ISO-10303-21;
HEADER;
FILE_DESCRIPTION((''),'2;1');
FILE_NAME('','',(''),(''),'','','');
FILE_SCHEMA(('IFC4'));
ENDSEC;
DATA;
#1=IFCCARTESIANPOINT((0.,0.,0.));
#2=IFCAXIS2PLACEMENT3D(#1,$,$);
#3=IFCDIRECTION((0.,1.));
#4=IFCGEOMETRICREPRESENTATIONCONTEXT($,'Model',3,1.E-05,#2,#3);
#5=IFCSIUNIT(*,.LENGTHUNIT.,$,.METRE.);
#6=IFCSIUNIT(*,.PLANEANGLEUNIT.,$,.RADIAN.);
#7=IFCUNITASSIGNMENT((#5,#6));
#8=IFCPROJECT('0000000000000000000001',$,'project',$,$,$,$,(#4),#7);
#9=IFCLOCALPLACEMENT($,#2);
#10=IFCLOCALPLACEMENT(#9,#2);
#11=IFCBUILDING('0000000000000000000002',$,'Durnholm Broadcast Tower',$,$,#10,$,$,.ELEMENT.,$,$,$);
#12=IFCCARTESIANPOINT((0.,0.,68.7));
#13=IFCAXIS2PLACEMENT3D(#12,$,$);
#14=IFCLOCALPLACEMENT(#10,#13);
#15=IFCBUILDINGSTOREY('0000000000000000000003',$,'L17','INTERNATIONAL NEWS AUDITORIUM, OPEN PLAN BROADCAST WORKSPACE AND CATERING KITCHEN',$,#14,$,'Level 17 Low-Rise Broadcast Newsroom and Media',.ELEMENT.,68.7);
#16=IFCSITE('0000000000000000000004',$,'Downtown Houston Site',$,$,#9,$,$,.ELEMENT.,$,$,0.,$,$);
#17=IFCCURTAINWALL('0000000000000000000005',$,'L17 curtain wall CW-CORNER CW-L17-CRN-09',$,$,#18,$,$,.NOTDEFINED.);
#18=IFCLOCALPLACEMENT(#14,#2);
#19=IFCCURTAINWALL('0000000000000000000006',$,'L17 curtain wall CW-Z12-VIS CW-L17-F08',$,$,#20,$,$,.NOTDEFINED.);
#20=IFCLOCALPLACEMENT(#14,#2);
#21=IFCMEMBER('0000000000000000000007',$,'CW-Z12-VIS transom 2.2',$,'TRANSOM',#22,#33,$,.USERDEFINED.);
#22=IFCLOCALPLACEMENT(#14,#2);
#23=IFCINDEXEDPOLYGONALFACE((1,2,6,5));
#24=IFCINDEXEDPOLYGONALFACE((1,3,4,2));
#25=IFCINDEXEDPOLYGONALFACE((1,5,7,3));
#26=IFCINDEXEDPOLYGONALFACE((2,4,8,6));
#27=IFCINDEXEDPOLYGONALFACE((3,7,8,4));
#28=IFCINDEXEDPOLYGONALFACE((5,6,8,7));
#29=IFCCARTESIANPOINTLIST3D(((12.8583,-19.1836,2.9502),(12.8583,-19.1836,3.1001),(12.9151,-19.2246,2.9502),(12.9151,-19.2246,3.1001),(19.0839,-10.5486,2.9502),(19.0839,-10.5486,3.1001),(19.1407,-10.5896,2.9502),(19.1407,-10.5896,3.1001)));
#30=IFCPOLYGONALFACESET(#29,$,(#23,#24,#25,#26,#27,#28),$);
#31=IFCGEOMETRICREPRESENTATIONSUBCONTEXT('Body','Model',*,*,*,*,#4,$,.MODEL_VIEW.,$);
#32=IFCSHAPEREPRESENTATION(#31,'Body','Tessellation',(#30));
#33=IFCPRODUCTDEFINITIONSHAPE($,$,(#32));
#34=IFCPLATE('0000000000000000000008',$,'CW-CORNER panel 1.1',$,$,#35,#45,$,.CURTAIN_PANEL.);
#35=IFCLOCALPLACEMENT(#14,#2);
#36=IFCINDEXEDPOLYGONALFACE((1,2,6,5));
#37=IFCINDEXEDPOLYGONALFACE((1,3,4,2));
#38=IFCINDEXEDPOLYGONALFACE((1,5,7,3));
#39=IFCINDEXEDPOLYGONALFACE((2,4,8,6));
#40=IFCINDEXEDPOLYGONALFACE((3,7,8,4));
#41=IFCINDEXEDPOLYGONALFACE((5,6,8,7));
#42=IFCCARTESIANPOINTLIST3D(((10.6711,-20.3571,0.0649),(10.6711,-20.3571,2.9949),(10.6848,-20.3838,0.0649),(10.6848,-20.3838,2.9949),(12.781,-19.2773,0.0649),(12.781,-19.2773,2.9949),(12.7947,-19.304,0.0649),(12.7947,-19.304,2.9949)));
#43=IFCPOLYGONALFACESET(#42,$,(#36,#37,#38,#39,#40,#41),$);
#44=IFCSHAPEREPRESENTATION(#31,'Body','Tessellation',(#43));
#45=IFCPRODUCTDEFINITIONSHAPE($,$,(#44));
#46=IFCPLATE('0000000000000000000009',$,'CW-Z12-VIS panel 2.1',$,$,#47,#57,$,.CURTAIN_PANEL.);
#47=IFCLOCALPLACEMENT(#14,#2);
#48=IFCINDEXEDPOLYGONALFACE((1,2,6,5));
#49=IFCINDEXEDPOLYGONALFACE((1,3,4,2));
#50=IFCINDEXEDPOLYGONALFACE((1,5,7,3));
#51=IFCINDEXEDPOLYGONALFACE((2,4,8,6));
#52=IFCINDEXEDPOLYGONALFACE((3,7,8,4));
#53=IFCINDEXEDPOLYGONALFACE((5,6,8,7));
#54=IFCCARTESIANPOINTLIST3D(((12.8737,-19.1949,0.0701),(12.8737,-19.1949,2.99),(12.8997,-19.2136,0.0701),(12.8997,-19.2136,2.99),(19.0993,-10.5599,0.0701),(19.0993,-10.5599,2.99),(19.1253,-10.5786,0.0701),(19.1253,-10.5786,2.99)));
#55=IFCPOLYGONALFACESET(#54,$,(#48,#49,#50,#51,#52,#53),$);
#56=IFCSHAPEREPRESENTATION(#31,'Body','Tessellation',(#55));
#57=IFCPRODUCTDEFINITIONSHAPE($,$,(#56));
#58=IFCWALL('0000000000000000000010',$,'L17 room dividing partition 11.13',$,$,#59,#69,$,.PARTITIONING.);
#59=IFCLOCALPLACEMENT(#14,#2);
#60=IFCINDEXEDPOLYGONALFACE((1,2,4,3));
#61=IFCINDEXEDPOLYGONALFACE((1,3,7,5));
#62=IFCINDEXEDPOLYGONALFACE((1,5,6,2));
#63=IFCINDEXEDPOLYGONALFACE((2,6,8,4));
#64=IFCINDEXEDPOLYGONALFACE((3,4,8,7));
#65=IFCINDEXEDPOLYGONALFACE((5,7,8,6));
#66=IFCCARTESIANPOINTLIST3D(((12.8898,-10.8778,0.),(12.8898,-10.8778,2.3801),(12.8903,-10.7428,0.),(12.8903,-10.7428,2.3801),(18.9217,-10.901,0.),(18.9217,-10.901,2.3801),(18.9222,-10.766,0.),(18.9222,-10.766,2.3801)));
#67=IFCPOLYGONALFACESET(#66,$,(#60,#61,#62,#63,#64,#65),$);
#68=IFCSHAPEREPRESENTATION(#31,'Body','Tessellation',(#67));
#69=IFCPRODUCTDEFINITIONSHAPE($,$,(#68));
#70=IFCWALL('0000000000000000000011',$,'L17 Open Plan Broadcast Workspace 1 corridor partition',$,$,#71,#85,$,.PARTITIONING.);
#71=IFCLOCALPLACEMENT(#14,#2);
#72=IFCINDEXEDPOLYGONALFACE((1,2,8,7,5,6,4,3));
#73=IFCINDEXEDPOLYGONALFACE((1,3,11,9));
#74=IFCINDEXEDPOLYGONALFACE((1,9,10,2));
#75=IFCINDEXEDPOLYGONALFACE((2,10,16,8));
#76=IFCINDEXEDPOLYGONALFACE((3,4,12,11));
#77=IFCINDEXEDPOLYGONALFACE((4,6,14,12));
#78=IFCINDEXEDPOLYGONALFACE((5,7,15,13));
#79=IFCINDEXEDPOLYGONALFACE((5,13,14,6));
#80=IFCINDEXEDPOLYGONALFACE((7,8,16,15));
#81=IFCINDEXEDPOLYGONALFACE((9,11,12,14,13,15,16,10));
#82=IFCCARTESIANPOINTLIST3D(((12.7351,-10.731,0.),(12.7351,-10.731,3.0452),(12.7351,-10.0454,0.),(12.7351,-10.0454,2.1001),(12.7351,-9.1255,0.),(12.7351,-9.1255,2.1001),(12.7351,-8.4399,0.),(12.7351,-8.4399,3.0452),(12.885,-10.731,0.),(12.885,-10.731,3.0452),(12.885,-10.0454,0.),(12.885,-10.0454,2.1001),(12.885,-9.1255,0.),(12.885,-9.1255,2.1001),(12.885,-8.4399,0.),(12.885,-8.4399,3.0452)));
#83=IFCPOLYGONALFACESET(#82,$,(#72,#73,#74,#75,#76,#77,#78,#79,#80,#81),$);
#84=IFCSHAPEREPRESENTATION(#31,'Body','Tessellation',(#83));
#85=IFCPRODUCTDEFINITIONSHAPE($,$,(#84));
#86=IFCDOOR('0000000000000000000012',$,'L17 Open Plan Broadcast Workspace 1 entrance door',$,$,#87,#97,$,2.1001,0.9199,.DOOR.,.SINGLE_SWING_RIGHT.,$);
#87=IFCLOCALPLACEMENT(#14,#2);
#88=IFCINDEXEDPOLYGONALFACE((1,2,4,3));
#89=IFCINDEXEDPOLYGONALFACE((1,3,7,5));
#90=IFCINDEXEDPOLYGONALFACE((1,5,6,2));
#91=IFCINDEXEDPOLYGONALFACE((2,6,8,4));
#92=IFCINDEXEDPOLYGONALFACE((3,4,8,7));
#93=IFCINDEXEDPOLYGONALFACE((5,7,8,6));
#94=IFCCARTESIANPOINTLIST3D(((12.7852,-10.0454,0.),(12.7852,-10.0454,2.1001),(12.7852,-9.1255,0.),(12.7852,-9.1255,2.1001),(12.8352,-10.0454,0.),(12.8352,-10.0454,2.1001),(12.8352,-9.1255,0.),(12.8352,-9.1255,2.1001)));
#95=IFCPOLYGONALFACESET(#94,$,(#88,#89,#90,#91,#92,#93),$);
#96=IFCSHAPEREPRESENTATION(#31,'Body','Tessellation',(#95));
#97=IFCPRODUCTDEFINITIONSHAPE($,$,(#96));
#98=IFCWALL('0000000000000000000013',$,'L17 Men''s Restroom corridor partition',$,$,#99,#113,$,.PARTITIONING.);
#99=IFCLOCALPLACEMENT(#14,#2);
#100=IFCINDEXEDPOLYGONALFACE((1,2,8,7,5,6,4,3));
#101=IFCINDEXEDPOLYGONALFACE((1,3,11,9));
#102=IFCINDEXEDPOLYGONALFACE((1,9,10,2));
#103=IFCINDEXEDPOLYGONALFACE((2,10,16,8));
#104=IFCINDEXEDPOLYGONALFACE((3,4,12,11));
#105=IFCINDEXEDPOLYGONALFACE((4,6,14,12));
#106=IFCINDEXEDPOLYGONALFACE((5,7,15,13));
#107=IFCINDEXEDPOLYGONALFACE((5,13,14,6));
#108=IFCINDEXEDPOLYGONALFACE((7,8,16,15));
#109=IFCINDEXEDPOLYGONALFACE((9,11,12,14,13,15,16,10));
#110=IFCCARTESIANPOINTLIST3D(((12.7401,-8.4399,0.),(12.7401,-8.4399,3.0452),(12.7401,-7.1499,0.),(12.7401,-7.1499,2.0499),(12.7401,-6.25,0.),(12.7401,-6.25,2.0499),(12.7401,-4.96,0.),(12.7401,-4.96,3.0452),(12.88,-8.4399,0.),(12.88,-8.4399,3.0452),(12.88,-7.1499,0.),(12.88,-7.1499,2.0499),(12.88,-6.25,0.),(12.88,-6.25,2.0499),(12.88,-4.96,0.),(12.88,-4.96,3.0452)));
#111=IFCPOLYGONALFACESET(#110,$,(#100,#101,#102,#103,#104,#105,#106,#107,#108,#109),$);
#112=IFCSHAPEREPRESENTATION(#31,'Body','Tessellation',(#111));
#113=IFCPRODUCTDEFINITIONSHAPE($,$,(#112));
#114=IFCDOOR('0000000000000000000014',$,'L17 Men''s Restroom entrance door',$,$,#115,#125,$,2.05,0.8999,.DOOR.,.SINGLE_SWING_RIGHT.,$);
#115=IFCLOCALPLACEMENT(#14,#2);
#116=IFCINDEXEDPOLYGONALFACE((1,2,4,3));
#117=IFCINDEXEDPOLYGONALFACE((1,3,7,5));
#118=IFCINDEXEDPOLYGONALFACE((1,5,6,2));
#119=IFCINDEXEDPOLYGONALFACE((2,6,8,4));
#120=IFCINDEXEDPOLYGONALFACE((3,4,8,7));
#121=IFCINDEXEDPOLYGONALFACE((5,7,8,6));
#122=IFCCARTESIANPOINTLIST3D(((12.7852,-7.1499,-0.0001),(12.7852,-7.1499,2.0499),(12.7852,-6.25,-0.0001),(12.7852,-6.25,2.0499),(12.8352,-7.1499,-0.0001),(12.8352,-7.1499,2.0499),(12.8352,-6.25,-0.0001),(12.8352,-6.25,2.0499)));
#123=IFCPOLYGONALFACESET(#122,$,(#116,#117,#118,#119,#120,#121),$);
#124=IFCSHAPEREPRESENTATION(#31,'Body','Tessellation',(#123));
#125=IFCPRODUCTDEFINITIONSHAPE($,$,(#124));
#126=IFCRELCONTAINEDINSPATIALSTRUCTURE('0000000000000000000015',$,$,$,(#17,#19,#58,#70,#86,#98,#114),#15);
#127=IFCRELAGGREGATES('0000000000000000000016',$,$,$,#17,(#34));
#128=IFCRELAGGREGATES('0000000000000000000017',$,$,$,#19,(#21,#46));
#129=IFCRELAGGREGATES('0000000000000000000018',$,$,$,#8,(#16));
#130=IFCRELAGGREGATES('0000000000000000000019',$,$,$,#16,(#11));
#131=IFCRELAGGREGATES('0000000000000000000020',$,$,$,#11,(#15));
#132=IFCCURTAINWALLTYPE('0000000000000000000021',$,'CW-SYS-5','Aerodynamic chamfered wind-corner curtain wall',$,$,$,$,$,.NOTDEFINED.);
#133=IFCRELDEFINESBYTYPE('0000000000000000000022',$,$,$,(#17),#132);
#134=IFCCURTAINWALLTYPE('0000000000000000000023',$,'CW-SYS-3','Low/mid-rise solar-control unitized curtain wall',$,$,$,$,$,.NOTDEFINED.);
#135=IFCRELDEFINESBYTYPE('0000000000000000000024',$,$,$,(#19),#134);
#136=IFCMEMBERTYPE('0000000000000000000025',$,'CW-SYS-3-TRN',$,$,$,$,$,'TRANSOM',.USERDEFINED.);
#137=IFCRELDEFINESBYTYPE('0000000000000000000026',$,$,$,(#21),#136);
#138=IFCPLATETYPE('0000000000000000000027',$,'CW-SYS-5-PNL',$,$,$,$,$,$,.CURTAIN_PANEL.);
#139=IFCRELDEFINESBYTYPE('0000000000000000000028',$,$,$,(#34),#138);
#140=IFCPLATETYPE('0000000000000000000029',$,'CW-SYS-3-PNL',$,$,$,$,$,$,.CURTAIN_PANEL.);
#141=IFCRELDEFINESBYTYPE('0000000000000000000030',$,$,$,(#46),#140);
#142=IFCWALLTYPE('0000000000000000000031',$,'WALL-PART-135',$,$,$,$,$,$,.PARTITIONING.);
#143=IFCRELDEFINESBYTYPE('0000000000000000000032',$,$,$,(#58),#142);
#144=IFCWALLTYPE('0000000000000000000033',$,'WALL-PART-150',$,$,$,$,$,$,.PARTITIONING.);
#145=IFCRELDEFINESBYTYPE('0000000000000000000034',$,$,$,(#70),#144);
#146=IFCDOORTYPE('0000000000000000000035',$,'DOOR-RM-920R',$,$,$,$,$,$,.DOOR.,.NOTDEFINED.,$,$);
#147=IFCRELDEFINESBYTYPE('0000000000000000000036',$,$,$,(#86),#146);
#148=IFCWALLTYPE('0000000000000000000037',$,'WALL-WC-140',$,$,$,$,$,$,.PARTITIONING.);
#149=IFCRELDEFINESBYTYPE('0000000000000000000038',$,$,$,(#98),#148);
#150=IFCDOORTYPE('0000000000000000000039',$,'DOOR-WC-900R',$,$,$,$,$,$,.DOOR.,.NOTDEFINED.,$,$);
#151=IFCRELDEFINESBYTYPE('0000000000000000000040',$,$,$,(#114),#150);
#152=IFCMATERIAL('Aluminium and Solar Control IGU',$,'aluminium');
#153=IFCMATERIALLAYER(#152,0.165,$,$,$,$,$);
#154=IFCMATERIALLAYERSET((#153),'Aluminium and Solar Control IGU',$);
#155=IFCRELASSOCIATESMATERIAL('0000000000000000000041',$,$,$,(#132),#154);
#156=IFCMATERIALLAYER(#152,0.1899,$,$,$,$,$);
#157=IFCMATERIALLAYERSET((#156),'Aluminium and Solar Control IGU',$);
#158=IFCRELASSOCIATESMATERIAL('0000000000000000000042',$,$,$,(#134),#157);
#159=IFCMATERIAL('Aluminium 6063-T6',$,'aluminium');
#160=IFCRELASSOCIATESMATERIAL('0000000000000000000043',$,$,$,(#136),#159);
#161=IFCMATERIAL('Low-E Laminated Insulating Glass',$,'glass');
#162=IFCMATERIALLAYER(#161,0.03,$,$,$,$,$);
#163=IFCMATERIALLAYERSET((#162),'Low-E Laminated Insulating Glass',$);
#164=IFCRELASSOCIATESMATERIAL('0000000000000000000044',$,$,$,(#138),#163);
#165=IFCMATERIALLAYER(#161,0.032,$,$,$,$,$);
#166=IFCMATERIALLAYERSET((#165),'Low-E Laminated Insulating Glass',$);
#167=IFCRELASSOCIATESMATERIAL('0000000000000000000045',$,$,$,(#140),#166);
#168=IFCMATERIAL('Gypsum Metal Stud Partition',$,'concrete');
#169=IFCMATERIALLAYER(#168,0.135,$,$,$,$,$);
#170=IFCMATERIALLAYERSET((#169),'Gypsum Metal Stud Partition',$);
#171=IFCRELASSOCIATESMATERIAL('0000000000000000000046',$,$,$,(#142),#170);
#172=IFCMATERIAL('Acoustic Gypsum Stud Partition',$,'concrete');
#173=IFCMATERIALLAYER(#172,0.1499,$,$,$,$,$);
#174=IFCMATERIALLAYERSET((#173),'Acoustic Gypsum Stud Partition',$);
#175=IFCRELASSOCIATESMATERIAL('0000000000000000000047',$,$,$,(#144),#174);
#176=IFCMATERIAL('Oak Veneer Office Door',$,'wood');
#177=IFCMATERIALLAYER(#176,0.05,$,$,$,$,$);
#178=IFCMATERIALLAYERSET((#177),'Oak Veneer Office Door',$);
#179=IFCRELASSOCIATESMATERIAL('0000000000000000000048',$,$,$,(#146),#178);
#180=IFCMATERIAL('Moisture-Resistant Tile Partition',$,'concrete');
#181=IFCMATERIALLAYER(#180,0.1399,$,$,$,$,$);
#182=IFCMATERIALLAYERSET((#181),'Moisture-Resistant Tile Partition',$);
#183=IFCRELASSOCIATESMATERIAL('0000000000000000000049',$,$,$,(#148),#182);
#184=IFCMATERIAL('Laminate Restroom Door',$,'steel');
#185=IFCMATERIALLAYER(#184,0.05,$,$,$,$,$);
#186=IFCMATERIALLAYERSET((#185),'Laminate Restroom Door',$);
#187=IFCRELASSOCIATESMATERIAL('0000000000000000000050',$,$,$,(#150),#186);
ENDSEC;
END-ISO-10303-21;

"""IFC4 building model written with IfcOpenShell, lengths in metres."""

from ifc_helpers import new_model, si_unit, direction, frame, frame_2d, origin, origin_2d, place, context, subcontext, project, spatial, rectangle, extrude, source, transform, mapped, material, layer, layer_set, material_profile, profile_set, type_object, type_shapes, element, fill, aggregate, save


model = new_model("IFC4")

# Units and contexts
model_context = context("Model", 3, precision=1e-05, world=origin(), true_north=direction((0.0, 1.0)))
body_context = subcontext(model_context, "Body", "Model", "MODEL_VIEW")
ifc_project = project(units=[si_unit("LENGTHUNIT", "METRE"), si_unit("PLANEANGLEUNIT", "RADIAN")], contexts=[model_context])

# Site, building, storey
site_placement = place(None, origin())
site = spatial("IfcSite", under=ifc_project, at=site_placement, Name="Downtown Houston Site", CompositionType="ELEMENT", RefElevation=0.0)
building_placement = place(site_placement, origin())
building = spatial("IfcBuilding", under=site, at=building_placement, Name="Durnholm Broadcast Tower", CompositionType="ELEMENT")
storey_placement = place(building_placement, frame((0.0, 0.0, 68.7)))
storey = spatial("IfcBuildingStorey", under=building, at=storey_placement, Name="L17", Description="INTERNATIONAL NEWS AUDITORIUM, OPEN PLAN BROADCAST WORKSPACE AND CATERING KITCHEN", LongName="Level 17 Low-Rise Broadcast Newsroom and Media", CompositionType="ELEMENT", Elevation=68.7)

# Curtain walls, member
ifc_material_1 = material(Name="Aluminium and Solar Control IGU", Category="aluminium")
ifc_layer_1 = layer(ifc_material_1, 0.165)
ifc_layer_set_1 = layer_set([ifc_layer_1], Name="Aluminium and Solar Control IGU")
curtain_wall_type_1 = type_object("IfcCurtainWallType", Name="CW-SYS-5", Description="Aerodynamic chamfered wind-corner curtain wall", PredefinedType="NOTDEFINED", material=ifc_layer_set_1)
curtain_wall_1_placement = place(storey_placement, origin())
curtain_wall_1 = element("IfcCurtainWall", 1, at=curtain_wall_1_placement, inside=storey, type_object=curtain_wall_type_1, Name="L17 curtain wall CW-CORNER CW-L17-CRN-09", PredefinedType="NOTDEFINED")
ifc_material_2 = material(Name="Aluminium 6063-T6", Category="aluminium")
ifc_layer_2 = layer(ifc_material_1, 0.1899)
ifc_layer_set_2 = layer_set([ifc_layer_2], Name="Aluminium and Solar Control IGU")
curtain_wall_type_2 = type_object("IfcCurtainWallType", Name="CW-SYS-3", Description="Low/mid-rise solar-control unitized curtain wall", PredefinedType="NOTDEFINED", material=ifc_layer_set_2)
curtain_wall_2_placement = place(storey_placement, origin())
curtain_wall_2 = element("IfcCurtainWall", 2, at=curtain_wall_2_placement, inside=storey, type_object=curtain_wall_type_2, Name="L17 curtain wall CW-Z12-VIS CW-L17-F08", PredefinedType="NOTDEFINED")
ifc_material_profile_1 = material_profile(ifc_material_2, rectangle(XDim=0.0701, YDim=0.1499, at=origin_2d()), Name="CWT70X150")
ifc_profile_set_1 = profile_set([ifc_material_profile_1], Name="Aluminium 6063-T6")
member_type_1 = type_object("IfcMemberType", Name="CW-SYS-3-TRN", ElementType="TRANSOM", PredefinedType="USERDEFINED", material=ifc_profile_set_1)
shared_shape_1 = source(origin(), body_context, "Body", "SweptSolid", [
    extrude(rectangle(XDim=0.0701, YDim=0.1499, at=origin_2d()), origin(), (0.0, 0.0, 1.0), 10.6453),
])
type_shapes(member_type_1, [shared_shape_1])
member_1_placement = place(storey_placement, frame((19.1123, -10.5691, 3.0251), z_axis=(-0.584823, -0.811161, 0.0), x_axis=(0.811161, -0.584823, 0.0)))
member_1 = element("IfcMember", 3, at=member_1_placement, type_object=member_type_1, Name="CW-Z12-VIS transom 2.2", ObjectType="TRANSOM", PredefinedType="USERDEFINED", context=body_context, shape_type="MappedRepresentation", body=[
    mapped(shared_shape_1, transform((0.0, 0.0, 0.0), x_axis=(1.0, 0.0, 0.0), y_axis=(0.0, 1.0, 0.0), z_axis=(0.0, 0.0, 1.0), scale=1.0)),
])

# Plates
ifc_material_3 = material(Name="Low-E Laminated Insulating Glass", Category="glass")
ifc_layer_3 = layer(ifc_material_3, 0.03)
ifc_layer_set_3 = layer_set([ifc_layer_3], Name="Low-E Laminated Insulating Glass")
plate_type_1 = type_object("IfcPlateType", Name="CW-SYS-5-PNL", PredefinedType="CURTAIN_PANEL", material=ifc_layer_set_3)
shared_shape_2 = source(origin(), body_context, "Body", "SweptSolid", [
    extrude(rectangle(XDim=2.3701, YDim=0.03, at=origin_2d()), origin(), (0.0, 0.0, 1.0), 2.9299),
])
type_shapes(plate_type_1, [shared_shape_2])
plate_1_placement = place(storey_placement, frame((11.7329, -19.8306, 0.0649), z_axis=(0.0, 0.0, 1.0), x_axis=(-0.890188, -0.455594, 0.0)))
plate_1 = element("IfcPlate", 4, at=plate_1_placement, type_object=plate_type_1, Name="CW-CORNER panel 1.1", PredefinedType="CURTAIN_PANEL", context=body_context, shape_type="MappedRepresentation", body=[
    mapped(shared_shape_2, transform((0.0, 0.0, 0.0), x_axis=(1.0, 0.0, 0.0), y_axis=(0.0, 1.0, 0.0), z_axis=(0.0, 0.0, 1.0), scale=1.0)),
])
aggregate(curtain_wall_1, [plate_1])
ifc_layer_4 = layer(ifc_material_3, 0.032)
ifc_layer_set_4 = layer_set([ifc_layer_4], Name="Low-E Laminated Insulating Glass")
plate_type_2 = type_object("IfcPlateType", Name="CW-SYS-3-PNL", PredefinedType="CURTAIN_PANEL", material=ifc_layer_set_4)
shared_shape_3 = source(origin(), body_context, "Body", "SweptSolid", [
    extrude(rectangle(XDim=10.6453, YDim=0.032, at=origin_2d()), origin(), (0.0, 0.0, 1.0), 2.9199),
])
type_shapes(plate_type_2, [shared_shape_3])
plate_2_placement = place(storey_placement, frame((15.9995, -14.8867, 0.0701), z_axis=(0.0, 0.0, 1.0), x_axis=(-0.584823, -0.811161, 0.0)))
plate_2 = element("IfcPlate", 5, at=plate_2_placement, type_object=plate_type_2, Name="CW-Z12-VIS panel 2.1", PredefinedType="CURTAIN_PANEL", context=body_context, shape_type="MappedRepresentation", body=[
    mapped(shared_shape_3, transform((0.0, 0.0, 0.0), x_axis=(1.0, 0.0, 0.0), y_axis=(0.0, 1.0, 0.0), z_axis=(0.0, 0.0, 1.0), scale=1.0)),
])
aggregate(curtain_wall_2, [member_1, plate_2])

# Wall
ifc_material_4 = material(Name="Gypsum Metal Stud Partition", Category="concrete")
ifc_layer_5 = layer(ifc_material_4, 0.135)
ifc_layer_set_5 = layer_set([ifc_layer_5], Name="Gypsum Metal Stud Partition")
wall_type_1 = type_object("IfcWallType", Name="WALL-PART-135", PredefinedType="PARTITIONING", material=ifc_layer_set_5)
wall_1_placement = place(storey_placement, frame((12.8899, -10.8103, 0.0), z_axis=(0.0, 0.0, 1.0), x_axis=(0.999993, -0.003845, 0.0)))
element("IfcWall", 6, at=wall_1_placement, inside=storey, type_object=wall_type_1, Name="L17 room dividing partition 11.13", PredefinedType="PARTITIONING", context=body_context, shape_type="SweptSolid", body=[
    extrude(rectangle(XDim=6.032, YDim=0.135, at=frame_2d((3.0161, 0.0))), origin(), (0.0, 0.0, 1.0), 2.3801),
])

# Walls, openings, doors
ifc_material_5 = material(Name="Acoustic Gypsum Stud Partition", Category="concrete")
ifc_layer_6 = layer(ifc_material_5, 0.1499)
ifc_layer_set_6 = layer_set([ifc_layer_6], Name="Acoustic Gypsum Stud Partition")
wall_type_2 = type_object("IfcWallType", Name="WALL-PART-150", PredefinedType="PARTITIONING", material=ifc_layer_set_6)
wall_2_placement = place(storey_placement, frame((12.8101, -10.731, 0.0), z_axis=(0.0, 0.0, 1.0), x_axis=(0.0, 1.0, 0.0)))
wall_2 = element("IfcWall", 7, at=wall_2_placement, inside=storey, type_object=wall_type_2, Name="L17 Open Plan Broadcast Workspace 1 corridor partition", PredefinedType="PARTITIONING", context=body_context, shape_type="SweptSolid", body=[
    extrude(rectangle(XDim=2.291, YDim=0.1499, at=frame_2d((1.1455, 0.0))), origin(), (0.0, 0.0, 1.0), 3.0452),
])
opening_1_placement = place(wall_2_placement, frame((0.6855, 0.0, 0.0)))
opening_1 = element("IfcOpeningElement", 8, at=opening_1_placement, cuts=wall_2, PredefinedType="OPENING", context=body_context, shape_type="SweptSolid", body=[
    extrude(rectangle(XDim=0.9199, YDim=2.1001, at=frame_2d((0.46, 1.05))), frame((0.0, 0.085, 0.0), z_axis=(0.0, -1.0, 0.0), x_axis=(1.0, 0.0, 0.0)), (0.0, 0.0, 1.0), 0.1699),
])
ifc_material_6 = material(Name="Oak Veneer Office Door", Category="wood")
ifc_layer_7 = layer(ifc_material_6, 0.05)
ifc_layer_set_7 = layer_set([ifc_layer_7], Name="Oak Veneer Office Door")
door_type_1 = type_object("IfcDoorType", Name="DOOR-RM-920R", OperationType="NOTDEFINED", PredefinedType="DOOR", material=ifc_layer_set_7)
shared_shape_4 = source(origin(), body_context, "Body", "SweptSolid", [
    extrude(rectangle(XDim=0.9199, YDim=2.1001, at=frame_2d((0.46, 1.05))), frame((0.0, 0.0249, 0.0), z_axis=(0.0, -1.0, 0.0), x_axis=(1.0, 0.0, 0.0)), (0.0, 0.0, 1.0), 0.05),
])
type_shapes(door_type_1, [shared_shape_4])
door_1_placement = place(opening_1_placement, origin())
door_1 = element("IfcDoor", 9, at=door_1_placement, inside=storey, type_object=door_type_1, Name="L17 Open Plan Broadcast Workspace 1 entrance door", OperationType="SINGLE_SWING_RIGHT", OverallHeight=2.1001, OverallWidth=0.9199, PredefinedType="DOOR", context=body_context, shape_type="MappedRepresentation", body=[
    mapped(shared_shape_4, transform((0.0, 0.0, 0.0), x_axis=(1.0, 0.0, 0.0), y_axis=(0.0, 1.0, 0.0), z_axis=(0.0, 0.0, 1.0), scale=1.0)),
])
fill(opening_1, door_1)
ifc_material_7 = material(Name="Moisture-Resistant Tile Partition", Category="concrete")
ifc_layer_8 = layer(ifc_material_7, 0.1399)
ifc_layer_set_8 = layer_set([ifc_layer_8], Name="Moisture-Resistant Tile Partition")
wall_type_3 = type_object("IfcWallType", Name="WALL-WC-140", PredefinedType="PARTITIONING", material=ifc_layer_set_8)
wall_3_placement = place(storey_placement, frame((12.8101, -8.4399, 0.0), z_axis=(0.0, 0.0, 1.0), x_axis=(0.0, 1.0, 0.0)))
wall_3 = element("IfcWall", 10, at=wall_3_placement, inside=storey, type_object=wall_type_3, Name="L17 Men's Restroom corridor partition", PredefinedType="PARTITIONING", context=body_context, shape_type="SweptSolid", body=[
    extrude(rectangle(XDim=3.48, YDim=0.1399, at=frame_2d((1.74, 0.0))), origin(), (0.0, 0.0, 1.0), 3.0452),
])
opening_2_placement = place(wall_3_placement, frame((1.29, 0.0, 0.0)))
opening_2 = element("IfcOpeningElement", 11, at=opening_2_placement, cuts=wall_3, PredefinedType="OPENING", context=body_context, shape_type="SweptSolid", body=[
    extrude(rectangle(XDim=0.8999, YDim=2.05, at=frame_2d((0.45, 1.0249))), frame((0.0, 0.0801, 0.0), z_axis=(0.0, -1.0, 0.0), x_axis=(1.0, 0.0, 0.0)), (0.0, 0.0, 1.0), 0.1599),
])
ifc_material_8 = material(Name="Laminate Restroom Door", Category="steel")
ifc_layer_9 = layer(ifc_material_8, 0.05)
ifc_layer_set_9 = layer_set([ifc_layer_9], Name="Laminate Restroom Door")
door_type_2 = type_object("IfcDoorType", Name="DOOR-WC-900R", OperationType="NOTDEFINED", PredefinedType="DOOR", material=ifc_layer_set_9)
shared_shape_5 = source(origin(), body_context, "Body", "SweptSolid", [
    extrude(rectangle(XDim=0.8999, YDim=2.05, at=frame_2d((0.45, 1.0249))), frame((0.0, 0.0249, 0.0), z_axis=(0.0, -1.0, 0.0), x_axis=(1.0, 0.0, 0.0)), (0.0, 0.0, 1.0), 0.05),
])
type_shapes(door_type_2, [shared_shape_5])
door_2_placement = place(opening_2_placement, origin())
door_2 = element("IfcDoor", 12, at=door_2_placement, inside=storey, type_object=door_type_2, Name="L17 Men's Restroom entrance door", OperationType="SINGLE_SWING_RIGHT", OverallHeight=2.05, OverallWidth=0.8999, PredefinedType="DOOR", context=body_context, shape_type="MappedRepresentation", body=[
    mapped(shared_shape_5, transform((0.0, 0.0, 0.0), x_axis=(1.0, 0.0, 0.0), y_axis=(0.0, 1.0, 0.0), z_axis=(0.0, 0.0, 1.0), scale=1.0)),
])
fill(opening_2, door_2)

save(model, "model.ifc")
